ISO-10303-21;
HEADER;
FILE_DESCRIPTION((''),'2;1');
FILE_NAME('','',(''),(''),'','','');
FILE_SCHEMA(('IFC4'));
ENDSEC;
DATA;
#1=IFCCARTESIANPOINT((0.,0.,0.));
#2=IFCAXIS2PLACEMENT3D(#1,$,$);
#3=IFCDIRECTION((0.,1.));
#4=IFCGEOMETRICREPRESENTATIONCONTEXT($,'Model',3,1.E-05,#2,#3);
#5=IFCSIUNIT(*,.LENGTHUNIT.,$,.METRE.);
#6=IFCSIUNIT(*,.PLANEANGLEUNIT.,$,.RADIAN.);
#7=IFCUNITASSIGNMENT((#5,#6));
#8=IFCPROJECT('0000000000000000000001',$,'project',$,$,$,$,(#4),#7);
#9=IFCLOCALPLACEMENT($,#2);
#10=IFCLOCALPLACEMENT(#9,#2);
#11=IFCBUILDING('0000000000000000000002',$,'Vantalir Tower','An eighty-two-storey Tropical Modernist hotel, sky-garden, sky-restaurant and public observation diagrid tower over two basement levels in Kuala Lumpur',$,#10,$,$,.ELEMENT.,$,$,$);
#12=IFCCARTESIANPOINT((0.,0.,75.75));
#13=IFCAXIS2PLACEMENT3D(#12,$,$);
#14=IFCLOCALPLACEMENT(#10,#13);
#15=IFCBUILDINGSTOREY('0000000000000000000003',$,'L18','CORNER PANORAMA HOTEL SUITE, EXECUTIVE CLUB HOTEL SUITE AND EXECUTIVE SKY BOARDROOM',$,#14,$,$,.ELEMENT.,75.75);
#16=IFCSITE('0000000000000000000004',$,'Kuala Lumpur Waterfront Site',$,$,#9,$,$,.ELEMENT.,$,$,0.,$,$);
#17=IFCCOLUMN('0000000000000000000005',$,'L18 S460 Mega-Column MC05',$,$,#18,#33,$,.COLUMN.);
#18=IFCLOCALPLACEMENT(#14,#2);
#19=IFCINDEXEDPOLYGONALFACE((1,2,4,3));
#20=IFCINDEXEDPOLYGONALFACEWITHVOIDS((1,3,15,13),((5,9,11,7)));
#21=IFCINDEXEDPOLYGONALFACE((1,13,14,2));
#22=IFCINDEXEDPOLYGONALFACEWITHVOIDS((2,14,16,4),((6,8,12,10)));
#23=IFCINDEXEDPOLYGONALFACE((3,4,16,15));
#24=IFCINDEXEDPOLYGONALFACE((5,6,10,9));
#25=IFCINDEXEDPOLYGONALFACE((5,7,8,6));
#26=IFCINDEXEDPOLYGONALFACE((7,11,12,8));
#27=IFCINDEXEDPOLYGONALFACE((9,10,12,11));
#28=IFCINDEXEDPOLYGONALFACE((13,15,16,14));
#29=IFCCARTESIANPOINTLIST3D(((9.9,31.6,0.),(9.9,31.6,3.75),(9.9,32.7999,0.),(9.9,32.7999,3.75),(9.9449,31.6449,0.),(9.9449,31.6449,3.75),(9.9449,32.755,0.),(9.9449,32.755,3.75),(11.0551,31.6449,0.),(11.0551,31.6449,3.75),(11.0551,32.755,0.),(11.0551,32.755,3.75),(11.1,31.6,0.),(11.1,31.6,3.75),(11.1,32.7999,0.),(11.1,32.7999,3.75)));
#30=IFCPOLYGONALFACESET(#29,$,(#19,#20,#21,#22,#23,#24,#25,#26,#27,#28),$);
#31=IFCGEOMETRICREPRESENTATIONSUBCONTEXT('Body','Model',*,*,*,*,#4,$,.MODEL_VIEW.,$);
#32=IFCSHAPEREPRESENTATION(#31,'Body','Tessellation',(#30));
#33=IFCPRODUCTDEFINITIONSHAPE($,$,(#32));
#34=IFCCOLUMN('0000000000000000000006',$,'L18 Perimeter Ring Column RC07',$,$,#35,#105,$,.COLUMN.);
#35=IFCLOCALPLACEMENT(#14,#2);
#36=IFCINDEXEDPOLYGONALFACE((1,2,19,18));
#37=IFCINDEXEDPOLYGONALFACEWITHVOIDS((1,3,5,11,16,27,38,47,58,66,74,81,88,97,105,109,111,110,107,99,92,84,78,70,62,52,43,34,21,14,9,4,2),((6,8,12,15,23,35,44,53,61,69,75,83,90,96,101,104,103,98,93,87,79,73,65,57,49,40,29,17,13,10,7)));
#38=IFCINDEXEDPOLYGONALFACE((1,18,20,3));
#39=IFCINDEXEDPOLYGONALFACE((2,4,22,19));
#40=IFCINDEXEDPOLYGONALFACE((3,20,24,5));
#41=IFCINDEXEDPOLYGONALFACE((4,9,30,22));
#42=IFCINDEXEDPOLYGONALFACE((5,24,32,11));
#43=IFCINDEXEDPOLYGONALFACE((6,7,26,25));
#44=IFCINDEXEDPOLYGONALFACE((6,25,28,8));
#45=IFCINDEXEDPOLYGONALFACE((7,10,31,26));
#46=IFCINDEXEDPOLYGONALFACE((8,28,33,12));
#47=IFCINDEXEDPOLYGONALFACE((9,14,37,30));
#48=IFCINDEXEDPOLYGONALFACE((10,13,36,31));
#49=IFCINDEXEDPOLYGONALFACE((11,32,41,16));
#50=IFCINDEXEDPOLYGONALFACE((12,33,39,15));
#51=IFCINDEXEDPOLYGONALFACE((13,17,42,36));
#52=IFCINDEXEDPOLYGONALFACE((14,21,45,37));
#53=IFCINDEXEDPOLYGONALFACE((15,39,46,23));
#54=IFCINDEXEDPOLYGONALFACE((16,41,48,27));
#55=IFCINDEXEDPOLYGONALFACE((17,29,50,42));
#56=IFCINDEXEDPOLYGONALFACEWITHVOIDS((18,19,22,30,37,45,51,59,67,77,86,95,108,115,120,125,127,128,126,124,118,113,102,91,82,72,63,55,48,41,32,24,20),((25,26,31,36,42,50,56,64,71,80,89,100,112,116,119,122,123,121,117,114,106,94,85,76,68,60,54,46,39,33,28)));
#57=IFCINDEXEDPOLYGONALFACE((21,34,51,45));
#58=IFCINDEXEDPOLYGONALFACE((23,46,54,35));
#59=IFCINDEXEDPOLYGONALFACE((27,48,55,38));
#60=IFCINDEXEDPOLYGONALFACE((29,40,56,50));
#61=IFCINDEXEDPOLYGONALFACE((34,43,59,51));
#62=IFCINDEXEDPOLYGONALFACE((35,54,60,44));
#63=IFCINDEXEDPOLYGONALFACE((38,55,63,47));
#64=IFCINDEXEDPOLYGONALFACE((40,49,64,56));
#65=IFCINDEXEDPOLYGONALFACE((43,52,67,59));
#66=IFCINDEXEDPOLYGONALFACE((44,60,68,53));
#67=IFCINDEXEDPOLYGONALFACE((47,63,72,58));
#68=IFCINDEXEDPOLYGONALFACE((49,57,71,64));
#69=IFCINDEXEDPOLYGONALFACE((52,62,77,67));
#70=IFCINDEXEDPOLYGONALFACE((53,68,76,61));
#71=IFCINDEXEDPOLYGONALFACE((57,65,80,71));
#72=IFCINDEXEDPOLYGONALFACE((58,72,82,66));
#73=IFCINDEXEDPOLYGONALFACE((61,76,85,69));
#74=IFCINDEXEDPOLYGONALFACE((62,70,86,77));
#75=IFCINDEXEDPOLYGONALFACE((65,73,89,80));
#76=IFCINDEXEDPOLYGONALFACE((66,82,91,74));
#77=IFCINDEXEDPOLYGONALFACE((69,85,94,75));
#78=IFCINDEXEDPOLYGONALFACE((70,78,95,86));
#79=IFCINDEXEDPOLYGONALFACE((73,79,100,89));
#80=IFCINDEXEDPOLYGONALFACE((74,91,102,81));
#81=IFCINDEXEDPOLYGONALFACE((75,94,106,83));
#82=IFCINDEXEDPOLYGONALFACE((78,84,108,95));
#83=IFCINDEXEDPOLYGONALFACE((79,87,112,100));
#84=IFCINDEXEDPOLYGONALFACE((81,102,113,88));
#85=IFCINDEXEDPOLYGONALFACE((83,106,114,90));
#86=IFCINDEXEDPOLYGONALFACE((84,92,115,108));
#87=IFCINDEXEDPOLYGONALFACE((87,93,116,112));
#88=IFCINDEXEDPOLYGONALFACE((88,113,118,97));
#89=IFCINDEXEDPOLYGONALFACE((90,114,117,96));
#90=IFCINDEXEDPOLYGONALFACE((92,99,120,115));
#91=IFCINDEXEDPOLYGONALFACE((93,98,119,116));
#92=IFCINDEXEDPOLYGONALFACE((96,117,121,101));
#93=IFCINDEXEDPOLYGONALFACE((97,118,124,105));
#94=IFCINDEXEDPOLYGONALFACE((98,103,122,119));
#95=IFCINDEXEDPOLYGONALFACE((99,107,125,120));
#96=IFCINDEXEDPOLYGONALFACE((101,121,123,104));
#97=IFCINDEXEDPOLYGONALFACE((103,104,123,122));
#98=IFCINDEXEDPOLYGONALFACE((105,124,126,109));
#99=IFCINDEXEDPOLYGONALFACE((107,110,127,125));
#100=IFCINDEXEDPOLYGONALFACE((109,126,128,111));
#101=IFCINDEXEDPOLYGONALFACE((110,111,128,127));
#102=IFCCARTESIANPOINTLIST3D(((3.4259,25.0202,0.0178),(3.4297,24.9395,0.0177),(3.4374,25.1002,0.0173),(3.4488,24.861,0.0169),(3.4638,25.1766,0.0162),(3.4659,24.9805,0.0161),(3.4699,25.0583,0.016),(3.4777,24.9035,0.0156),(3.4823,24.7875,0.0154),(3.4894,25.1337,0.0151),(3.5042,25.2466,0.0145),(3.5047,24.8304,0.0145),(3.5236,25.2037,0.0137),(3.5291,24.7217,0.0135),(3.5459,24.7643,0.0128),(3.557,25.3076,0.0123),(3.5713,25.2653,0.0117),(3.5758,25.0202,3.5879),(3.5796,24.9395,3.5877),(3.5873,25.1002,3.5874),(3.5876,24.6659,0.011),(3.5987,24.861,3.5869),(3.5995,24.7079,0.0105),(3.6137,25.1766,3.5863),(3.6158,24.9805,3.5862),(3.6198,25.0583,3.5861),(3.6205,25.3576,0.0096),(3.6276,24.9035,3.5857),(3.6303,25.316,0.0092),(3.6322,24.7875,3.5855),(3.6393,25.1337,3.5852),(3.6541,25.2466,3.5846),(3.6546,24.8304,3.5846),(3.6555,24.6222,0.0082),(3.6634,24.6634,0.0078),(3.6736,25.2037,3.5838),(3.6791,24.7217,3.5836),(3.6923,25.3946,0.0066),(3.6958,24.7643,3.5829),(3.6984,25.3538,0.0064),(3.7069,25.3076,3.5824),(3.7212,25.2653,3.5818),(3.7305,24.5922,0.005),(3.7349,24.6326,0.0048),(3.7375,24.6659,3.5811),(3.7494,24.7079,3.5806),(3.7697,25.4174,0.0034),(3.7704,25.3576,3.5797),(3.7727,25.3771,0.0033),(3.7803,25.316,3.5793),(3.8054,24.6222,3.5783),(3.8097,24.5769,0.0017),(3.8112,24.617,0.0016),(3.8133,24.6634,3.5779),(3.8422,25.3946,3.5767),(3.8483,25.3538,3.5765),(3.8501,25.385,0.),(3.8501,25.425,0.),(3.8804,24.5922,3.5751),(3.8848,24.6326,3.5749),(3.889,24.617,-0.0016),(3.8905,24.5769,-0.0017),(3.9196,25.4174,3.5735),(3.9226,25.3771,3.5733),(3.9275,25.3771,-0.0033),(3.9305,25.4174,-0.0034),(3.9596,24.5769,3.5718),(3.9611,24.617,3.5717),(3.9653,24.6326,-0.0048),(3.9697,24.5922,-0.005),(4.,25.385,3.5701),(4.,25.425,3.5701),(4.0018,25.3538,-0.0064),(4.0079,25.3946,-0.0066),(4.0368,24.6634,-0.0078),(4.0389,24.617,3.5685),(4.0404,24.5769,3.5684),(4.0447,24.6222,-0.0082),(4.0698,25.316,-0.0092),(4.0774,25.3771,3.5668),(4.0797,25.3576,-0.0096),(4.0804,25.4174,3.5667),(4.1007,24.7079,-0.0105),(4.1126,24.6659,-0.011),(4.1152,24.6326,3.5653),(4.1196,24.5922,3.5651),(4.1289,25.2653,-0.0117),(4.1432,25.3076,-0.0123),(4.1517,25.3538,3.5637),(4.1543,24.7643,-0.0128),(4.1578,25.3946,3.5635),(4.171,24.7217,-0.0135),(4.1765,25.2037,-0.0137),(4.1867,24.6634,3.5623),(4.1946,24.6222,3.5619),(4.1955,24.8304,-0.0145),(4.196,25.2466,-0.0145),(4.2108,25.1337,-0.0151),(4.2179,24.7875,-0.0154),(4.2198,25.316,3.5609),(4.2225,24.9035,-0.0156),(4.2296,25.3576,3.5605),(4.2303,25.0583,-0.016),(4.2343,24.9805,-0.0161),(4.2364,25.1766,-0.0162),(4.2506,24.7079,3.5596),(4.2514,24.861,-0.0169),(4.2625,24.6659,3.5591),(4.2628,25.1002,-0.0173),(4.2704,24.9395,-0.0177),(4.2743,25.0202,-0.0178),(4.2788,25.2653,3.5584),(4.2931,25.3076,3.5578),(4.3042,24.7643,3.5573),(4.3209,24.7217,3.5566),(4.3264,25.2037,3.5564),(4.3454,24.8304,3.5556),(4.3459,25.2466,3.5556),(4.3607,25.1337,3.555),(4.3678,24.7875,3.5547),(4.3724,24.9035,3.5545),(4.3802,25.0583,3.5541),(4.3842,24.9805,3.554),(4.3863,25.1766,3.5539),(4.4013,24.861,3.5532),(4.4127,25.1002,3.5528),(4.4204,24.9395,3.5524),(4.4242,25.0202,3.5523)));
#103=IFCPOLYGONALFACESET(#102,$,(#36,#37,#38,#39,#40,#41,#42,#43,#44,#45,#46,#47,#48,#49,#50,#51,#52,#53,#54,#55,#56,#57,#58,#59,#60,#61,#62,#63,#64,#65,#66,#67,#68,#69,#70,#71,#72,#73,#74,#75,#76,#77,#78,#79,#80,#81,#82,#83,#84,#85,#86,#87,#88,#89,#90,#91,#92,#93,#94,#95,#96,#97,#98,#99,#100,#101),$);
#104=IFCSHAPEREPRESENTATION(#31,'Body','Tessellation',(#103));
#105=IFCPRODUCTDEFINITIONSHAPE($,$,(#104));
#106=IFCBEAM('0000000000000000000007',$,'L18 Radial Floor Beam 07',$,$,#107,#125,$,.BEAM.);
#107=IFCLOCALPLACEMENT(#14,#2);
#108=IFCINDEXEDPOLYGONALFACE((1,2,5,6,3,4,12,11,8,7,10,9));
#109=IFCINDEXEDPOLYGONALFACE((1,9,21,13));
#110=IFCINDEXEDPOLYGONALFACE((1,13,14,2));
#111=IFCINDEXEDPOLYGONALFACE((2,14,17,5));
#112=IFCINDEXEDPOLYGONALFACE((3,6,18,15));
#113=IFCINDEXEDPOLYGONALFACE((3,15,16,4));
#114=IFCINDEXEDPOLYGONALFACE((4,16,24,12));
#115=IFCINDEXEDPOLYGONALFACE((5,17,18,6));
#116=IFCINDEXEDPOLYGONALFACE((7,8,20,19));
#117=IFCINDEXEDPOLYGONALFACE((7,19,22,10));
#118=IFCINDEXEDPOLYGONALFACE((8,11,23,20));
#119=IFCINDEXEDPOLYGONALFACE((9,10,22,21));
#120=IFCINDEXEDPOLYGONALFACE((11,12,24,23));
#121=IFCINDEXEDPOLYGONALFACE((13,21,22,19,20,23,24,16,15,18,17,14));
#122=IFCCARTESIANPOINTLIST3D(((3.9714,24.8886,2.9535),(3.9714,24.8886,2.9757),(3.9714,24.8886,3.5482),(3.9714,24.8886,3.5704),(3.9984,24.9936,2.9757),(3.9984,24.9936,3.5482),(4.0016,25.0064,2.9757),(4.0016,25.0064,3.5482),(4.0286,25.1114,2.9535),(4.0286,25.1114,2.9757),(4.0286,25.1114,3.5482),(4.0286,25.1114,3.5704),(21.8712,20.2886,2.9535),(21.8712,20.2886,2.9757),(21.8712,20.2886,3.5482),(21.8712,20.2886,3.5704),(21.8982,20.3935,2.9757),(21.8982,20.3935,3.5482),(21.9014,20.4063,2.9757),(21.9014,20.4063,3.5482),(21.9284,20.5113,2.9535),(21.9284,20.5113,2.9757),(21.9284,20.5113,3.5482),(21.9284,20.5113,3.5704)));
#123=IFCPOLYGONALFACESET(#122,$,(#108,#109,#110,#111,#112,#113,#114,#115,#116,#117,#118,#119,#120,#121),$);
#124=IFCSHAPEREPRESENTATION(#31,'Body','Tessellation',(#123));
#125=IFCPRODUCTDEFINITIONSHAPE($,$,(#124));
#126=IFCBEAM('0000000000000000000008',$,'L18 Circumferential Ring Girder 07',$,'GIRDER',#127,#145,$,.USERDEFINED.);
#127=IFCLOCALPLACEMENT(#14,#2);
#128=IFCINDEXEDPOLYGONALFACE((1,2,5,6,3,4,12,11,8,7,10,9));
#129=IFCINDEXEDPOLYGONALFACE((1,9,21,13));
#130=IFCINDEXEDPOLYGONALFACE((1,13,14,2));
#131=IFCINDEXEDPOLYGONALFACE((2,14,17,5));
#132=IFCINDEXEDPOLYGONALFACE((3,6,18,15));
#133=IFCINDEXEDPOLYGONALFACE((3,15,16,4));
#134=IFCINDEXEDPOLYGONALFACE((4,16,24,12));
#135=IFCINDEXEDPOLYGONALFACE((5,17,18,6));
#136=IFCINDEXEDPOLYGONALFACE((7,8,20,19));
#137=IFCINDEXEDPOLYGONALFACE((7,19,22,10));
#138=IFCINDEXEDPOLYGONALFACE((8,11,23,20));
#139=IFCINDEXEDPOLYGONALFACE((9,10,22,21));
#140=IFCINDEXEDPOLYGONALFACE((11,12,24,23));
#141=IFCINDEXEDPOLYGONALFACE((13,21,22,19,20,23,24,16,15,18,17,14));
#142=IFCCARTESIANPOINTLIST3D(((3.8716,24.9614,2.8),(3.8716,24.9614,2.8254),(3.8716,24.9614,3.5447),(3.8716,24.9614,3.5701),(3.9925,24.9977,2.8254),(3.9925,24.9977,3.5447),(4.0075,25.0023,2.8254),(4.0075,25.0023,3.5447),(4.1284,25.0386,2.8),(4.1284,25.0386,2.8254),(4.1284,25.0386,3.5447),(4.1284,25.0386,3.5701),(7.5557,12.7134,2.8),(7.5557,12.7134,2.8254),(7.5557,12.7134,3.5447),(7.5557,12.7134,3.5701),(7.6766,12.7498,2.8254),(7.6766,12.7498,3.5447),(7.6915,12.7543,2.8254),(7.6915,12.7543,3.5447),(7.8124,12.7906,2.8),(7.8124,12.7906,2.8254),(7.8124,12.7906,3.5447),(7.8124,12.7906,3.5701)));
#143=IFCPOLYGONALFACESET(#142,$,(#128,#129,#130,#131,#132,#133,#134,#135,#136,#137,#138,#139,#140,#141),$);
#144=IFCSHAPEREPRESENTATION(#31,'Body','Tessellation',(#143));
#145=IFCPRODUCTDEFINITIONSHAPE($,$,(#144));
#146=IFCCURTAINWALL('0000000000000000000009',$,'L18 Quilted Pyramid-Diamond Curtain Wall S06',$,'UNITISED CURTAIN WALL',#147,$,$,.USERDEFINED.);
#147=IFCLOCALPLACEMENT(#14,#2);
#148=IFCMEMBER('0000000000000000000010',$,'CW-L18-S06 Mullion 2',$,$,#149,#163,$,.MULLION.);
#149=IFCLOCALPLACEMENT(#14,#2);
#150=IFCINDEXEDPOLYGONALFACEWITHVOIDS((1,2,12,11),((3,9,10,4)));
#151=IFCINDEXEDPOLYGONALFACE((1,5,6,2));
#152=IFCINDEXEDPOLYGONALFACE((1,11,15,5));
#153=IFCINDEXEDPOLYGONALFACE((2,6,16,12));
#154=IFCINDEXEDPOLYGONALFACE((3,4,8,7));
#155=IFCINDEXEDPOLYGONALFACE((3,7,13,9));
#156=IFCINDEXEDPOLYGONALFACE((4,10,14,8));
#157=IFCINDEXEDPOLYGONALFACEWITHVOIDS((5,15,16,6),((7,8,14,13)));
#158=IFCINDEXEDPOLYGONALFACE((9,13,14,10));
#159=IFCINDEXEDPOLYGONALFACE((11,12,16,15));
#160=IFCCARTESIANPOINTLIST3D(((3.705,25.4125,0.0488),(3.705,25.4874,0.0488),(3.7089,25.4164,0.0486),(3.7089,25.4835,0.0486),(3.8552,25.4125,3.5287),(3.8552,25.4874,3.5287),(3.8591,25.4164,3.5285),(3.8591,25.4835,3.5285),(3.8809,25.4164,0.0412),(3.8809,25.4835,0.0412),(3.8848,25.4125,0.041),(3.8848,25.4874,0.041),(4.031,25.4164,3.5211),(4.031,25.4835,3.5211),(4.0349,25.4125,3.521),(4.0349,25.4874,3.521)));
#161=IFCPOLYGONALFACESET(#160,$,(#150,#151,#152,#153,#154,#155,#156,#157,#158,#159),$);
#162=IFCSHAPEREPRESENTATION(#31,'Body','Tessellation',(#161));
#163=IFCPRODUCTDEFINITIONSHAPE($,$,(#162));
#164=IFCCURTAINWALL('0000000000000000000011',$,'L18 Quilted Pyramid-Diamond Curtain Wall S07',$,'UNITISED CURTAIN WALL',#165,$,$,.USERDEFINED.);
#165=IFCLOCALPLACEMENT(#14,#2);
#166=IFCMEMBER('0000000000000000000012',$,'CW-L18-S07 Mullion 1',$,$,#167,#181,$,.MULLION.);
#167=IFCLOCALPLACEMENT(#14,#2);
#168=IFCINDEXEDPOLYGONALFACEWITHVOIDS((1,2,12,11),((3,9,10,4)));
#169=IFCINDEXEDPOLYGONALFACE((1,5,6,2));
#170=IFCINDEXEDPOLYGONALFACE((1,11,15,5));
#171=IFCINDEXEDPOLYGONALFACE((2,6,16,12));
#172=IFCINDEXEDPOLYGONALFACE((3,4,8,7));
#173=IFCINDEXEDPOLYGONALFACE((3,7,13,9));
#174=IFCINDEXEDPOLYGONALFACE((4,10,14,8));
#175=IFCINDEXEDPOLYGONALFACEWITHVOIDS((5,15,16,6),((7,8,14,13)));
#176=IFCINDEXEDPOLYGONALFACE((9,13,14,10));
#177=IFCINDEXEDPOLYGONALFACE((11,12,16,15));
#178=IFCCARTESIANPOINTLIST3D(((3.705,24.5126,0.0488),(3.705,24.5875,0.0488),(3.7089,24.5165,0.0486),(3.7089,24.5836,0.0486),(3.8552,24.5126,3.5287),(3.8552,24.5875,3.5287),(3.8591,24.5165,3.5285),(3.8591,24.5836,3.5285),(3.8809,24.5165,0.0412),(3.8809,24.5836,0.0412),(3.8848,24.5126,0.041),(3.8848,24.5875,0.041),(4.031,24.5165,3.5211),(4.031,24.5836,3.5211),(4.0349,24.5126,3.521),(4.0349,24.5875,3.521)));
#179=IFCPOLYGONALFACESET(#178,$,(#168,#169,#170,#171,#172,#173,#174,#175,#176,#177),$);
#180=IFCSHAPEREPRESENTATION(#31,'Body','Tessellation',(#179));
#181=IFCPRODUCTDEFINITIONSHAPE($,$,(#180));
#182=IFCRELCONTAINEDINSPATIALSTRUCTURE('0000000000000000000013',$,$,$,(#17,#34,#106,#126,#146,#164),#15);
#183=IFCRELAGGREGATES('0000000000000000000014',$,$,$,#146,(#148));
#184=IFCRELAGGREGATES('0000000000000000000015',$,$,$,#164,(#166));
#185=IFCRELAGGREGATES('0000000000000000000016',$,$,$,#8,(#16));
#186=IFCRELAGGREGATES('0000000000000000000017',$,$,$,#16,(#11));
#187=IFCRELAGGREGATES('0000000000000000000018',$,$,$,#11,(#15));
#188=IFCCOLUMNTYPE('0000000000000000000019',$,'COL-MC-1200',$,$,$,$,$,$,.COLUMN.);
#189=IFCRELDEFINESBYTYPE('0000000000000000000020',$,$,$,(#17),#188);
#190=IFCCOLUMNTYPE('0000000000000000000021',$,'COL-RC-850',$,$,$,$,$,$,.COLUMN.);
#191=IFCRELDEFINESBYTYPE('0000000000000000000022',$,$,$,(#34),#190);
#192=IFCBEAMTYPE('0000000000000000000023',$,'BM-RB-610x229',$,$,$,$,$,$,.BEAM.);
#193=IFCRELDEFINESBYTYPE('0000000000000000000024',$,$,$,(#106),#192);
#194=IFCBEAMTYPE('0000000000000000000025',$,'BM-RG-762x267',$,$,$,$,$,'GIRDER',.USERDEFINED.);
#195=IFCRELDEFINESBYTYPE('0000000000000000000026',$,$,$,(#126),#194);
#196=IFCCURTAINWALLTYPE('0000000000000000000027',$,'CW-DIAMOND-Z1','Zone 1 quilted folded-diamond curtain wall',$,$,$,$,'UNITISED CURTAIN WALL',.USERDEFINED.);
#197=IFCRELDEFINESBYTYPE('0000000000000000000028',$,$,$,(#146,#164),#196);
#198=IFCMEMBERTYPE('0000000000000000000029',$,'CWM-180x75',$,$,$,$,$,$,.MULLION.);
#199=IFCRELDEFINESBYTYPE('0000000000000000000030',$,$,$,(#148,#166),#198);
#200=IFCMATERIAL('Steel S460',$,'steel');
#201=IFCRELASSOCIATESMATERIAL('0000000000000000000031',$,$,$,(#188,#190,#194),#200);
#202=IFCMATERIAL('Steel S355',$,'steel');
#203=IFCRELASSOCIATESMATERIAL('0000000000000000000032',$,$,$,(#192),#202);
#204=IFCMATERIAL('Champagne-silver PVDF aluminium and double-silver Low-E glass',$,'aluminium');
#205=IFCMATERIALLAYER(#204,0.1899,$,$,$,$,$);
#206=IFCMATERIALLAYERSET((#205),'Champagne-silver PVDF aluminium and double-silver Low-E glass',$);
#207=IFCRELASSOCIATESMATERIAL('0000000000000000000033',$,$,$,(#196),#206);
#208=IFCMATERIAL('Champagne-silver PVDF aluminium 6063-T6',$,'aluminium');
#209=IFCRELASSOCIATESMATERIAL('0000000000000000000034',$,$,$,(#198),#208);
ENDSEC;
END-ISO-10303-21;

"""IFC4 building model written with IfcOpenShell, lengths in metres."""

from ifc_helpers import new_model, si_unit, direction, frame, origin, origin_2d, place, context, subcontext, project, spatial, hollow_rectangle, hollow_circle, i_section, extrude, material, layer, layer_set, material_profile, profile_set, type_object, element, aggregate, save


model = new_model("IFC4")

# Units and contexts
model_context = context("Model", 3, precision=1e-05, world=origin(), true_north=direction((0.0, 1.0)))
body_context = subcontext(model_context, "Body", "Model", "MODEL_VIEW")
ifc_project = project(units=[si_unit("LENGTHUNIT", "METRE"), si_unit("PLANEANGLEUNIT", "RADIAN")], contexts=[model_context])

# Site, building, storey
site_placement = place(None, origin())
site = spatial("IfcSite", under=ifc_project, at=site_placement, Name="Kuala Lumpur Waterfront Site", CompositionType="ELEMENT", RefElevation=0.0)
building_placement = place(site_placement, origin())
building = spatial("IfcBuilding", under=site, at=building_placement, Name="Vantalir Tower", Description="An eighty-two-storey Tropical Modernist hotel, sky-garden, sky-restaurant and public observation diagrid tower over two basement levels in Kuala Lumpur", CompositionType="ELEMENT")
storey_placement = place(building_placement, frame((0.0, 0.0, 75.75)))
storey = spatial("IfcBuildingStorey", under=building, at=storey_placement, Name="L18", Description="CORNER PANORAMA HOTEL SUITE, EXECUTIVE CLUB HOTEL SUITE AND EXECUTIVE SKY BOARDROOM", CompositionType="ELEMENT", Elevation=75.75)

# Columns
ifc_material_1 = material(Name="Steel S460", Category="steel")
ifc_material_profile_1 = material_profile(ifc_material_1, hollow_rectangle(XDim=1.2, YDim=1.2, WallThickness=0.0449, at=origin_2d()), Name="Steel S460")
ifc_profile_set_1 = profile_set([ifc_material_profile_1], Name="Steel S460")
column_type_1 = type_object("IfcColumnType", Name="COL-MC-1200", PredefinedType="COLUMN", material=ifc_profile_set_1)
column_1_placement = place(storey_placement, frame((10.5, 32.2, 0.0), z_axis=(0.0, 0.0, 1.0), x_axis=(1.0, 0.0, 0.0)))
element("IfcColumn", 1, at=column_1_placement, inside=storey, type_object=column_type_1, Name="L18 S460 Mega-Column MC05", PredefinedType="COLUMN", context=body_context, shape_type="SweptSolid", body=[
    extrude(hollow_rectangle(XDim=1.2, YDim=1.2, WallThickness=0.0449, at=origin_2d()), origin(), (0.0, 0.0, 1.0), 3.75),
])
ifc_material_profile_2 = material_profile(ifc_material_1, hollow_circle(Radius=0.425, WallThickness=0.04, at=origin_2d()), Name="Steel S460")
ifc_profile_set_2 = profile_set([ifc_material_profile_2], Name="Steel S460")
column_type_2 = type_object("IfcColumnType", Name="COL-RC-850", PredefinedType="COLUMN", material=ifc_profile_set_2)
column_2_placement = place(storey_placement, frame((3.8501, 25.0, 0.0), z_axis=(0.041952, 0.0, 0.99912), x_axis=(0.0, 1.0, 0.0)))
element("IfcColumn", 2, at=column_2_placement, inside=storey, type_object=column_type_2, Name="L18 Perimeter Ring Column RC07", PredefinedType="COLUMN", context=body_context, shape_type="SweptSolid", body=[
    extrude(hollow_circle(Radius=0.425, WallThickness=0.04, at=origin_2d()), origin(), (0.0, 0.0, 1.0), 3.5732),
])

# Beams
ifc_material_2 = material(Name="Steel S355", Category="steel")
ifc_material_profile_3 = material_profile(ifc_material_2, i_section(OverallWidth=0.23, OverallDepth=0.6169, WebThickness=0.0132, FlangeThickness=0.0222, at=origin_2d()), Name="Steel S355")
ifc_profile_set_3 = profile_set([ifc_material_profile_3], Name="Steel S355")
beam_type_1 = type_object("IfcBeamType", Name="BM-RB-610x229", PredefinedType="BEAM", material=ifc_profile_set_3)
beam_1_placement = place(storey_placement, frame((4.0, 25.0, 3.262), z_axis=(0.968529, -0.248902, 0.0), x_axis=(0.248902, 0.968529, 0.0)))
element("IfcBeam", 3, at=beam_1_placement, inside=storey, type_object=beam_type_1, Name="L18 Radial Floor Beam 07", PredefinedType="BEAM", context=body_context, shape_type="SweptSolid", body=[
    extrude(i_section(OverallWidth=0.23, OverallDepth=0.6169, WebThickness=0.0132, FlangeThickness=0.0222, at=origin_2d()), origin(), (0.0, 0.0, 1.0), 18.4814),
])
ifc_material_profile_4 = material_profile(ifc_material_1, i_section(OverallWidth=0.2681, OverallDepth=0.77, WebThickness=0.0156, FlangeThickness=0.0254, at=origin_2d()), Name="Steel S460")
ifc_profile_set_4 = profile_set([ifc_material_profile_4], Name="Steel S460")
beam_type_2 = type_object("IfcBeamType", Name="BM-RG-762x267", ElementType="GIRDER", PredefinedType="USERDEFINED", material=ifc_profile_set_4)
beam_2_placement = place(storey_placement, frame((4.0, 25.0, 3.1851), z_axis=(0.288041, -0.957618, 0.0), x_axis=(0.957618, 0.288041, 0.0)))
element("IfcBeam", 4, at=beam_2_placement, inside=storey, type_object=beam_type_2, Name="L18 Circumferential Ring Girder 07", ObjectType="GIRDER", PredefinedType="USERDEFINED", context=body_context, shape_type="SweptSolid", body=[
    extrude(i_section(OverallWidth=0.2681, OverallDepth=0.77, WebThickness=0.0156, FlangeThickness=0.0254, at=origin_2d()), origin(), (0.0, 0.0, 1.0), 12.79),
])

# Curtain walls, members
ifc_material_3 = material(Name="Champagne-silver PVDF aluminium and double-silver Low-E glass", Category="aluminium")
ifc_layer_1 = layer(ifc_material_3, 0.1899)
ifc_layer_set_1 = layer_set([ifc_layer_1], Name="Champagne-silver PVDF aluminium and double-silver Low-E glass")
curtain_wall_type = type_object("IfcCurtainWallType", Name="CW-DIAMOND-Z1", Description="Zone 1 quilted folded-diamond curtain wall", ElementType="UNITISED CURTAIN WALL", PredefinedType="USERDEFINED", material=ifc_layer_set_1)
curtain_wall_1_placement = place(storey_placement, origin())
curtain_wall_1 = element("IfcCurtainWall", 5, at=curtain_wall_1_placement, inside=storey, type_object=curtain_wall_type, Name="L18 Quilted Pyramid-Diamond Curtain Wall S06", ObjectType="UNITISED CURTAIN WALL", PredefinedType="USERDEFINED")
ifc_material_4 = material(Name="Champagne-silver PVDF aluminium 6063-T6", Category="aluminium")
ifc_material_profile_5 = material_profile(ifc_material_4, hollow_rectangle(XDim=0.075, YDim=0.1799, WallThickness=0.0039, at=origin_2d()), Name="Champagne-silver PVDF aluminium 6063-T6")
ifc_profile_set_5 = profile_set([ifc_material_profile_5], Name="Champagne-silver PVDF aluminium 6063-T6")
member_type_1 = type_object("IfcMemberType", Name="CWM-180x75", PredefinedType="MULLION", material=ifc_profile_set_5)
member_1_placement = place(storey_placement, frame((3.7949, 25.45, 0.0449), z_axis=(0.043106, 0.0, 0.999071), x_axis=(0.0, 1.0, 0.0)))
member_1 = element("IfcMember", 6, at=member_1_placement, type_object=member_type_1, Name="CW-L18-S06 Mullion 2", PredefinedType="MULLION", context=body_context, shape_type="SweptSolid", body=[
    extrude(hollow_rectangle(XDim=0.075, YDim=0.1799, WallThickness=0.0039, at=origin_2d()), origin(), (0.0, 0.0, 1.0), 3.4832),
])
curtain_wall_2_placement = place(storey_placement, origin())
curtain_wall_2 = element("IfcCurtainWall", 7, at=curtain_wall_2_placement, inside=storey, type_object=curtain_wall_type, Name="L18 Quilted Pyramid-Diamond Curtain Wall S07", ObjectType="UNITISED CURTAIN WALL", PredefinedType="USERDEFINED")
member_2_placement = place(storey_placement, frame((3.7949, 24.55, 0.0449), z_axis=(0.043106, 0.0, 0.999071), x_axis=(0.0, 1.0, 0.0)))
member_2 = element("IfcMember", 8, at=member_2_placement, type_object=member_type_1, Name="CW-L18-S07 Mullion 1", PredefinedType="MULLION", context=body_context, shape_type="SweptSolid", body=[
    extrude(hollow_rectangle(XDim=0.075, YDim=0.1799, WallThickness=0.0039, at=origin_2d()), origin(), (0.0, 0.0, 1.0), 3.4832),
])

aggregate(curtain_wall_1, [member_1])
aggregate(curtain_wall_2, [member_2])

save(model, "model.ifc")
